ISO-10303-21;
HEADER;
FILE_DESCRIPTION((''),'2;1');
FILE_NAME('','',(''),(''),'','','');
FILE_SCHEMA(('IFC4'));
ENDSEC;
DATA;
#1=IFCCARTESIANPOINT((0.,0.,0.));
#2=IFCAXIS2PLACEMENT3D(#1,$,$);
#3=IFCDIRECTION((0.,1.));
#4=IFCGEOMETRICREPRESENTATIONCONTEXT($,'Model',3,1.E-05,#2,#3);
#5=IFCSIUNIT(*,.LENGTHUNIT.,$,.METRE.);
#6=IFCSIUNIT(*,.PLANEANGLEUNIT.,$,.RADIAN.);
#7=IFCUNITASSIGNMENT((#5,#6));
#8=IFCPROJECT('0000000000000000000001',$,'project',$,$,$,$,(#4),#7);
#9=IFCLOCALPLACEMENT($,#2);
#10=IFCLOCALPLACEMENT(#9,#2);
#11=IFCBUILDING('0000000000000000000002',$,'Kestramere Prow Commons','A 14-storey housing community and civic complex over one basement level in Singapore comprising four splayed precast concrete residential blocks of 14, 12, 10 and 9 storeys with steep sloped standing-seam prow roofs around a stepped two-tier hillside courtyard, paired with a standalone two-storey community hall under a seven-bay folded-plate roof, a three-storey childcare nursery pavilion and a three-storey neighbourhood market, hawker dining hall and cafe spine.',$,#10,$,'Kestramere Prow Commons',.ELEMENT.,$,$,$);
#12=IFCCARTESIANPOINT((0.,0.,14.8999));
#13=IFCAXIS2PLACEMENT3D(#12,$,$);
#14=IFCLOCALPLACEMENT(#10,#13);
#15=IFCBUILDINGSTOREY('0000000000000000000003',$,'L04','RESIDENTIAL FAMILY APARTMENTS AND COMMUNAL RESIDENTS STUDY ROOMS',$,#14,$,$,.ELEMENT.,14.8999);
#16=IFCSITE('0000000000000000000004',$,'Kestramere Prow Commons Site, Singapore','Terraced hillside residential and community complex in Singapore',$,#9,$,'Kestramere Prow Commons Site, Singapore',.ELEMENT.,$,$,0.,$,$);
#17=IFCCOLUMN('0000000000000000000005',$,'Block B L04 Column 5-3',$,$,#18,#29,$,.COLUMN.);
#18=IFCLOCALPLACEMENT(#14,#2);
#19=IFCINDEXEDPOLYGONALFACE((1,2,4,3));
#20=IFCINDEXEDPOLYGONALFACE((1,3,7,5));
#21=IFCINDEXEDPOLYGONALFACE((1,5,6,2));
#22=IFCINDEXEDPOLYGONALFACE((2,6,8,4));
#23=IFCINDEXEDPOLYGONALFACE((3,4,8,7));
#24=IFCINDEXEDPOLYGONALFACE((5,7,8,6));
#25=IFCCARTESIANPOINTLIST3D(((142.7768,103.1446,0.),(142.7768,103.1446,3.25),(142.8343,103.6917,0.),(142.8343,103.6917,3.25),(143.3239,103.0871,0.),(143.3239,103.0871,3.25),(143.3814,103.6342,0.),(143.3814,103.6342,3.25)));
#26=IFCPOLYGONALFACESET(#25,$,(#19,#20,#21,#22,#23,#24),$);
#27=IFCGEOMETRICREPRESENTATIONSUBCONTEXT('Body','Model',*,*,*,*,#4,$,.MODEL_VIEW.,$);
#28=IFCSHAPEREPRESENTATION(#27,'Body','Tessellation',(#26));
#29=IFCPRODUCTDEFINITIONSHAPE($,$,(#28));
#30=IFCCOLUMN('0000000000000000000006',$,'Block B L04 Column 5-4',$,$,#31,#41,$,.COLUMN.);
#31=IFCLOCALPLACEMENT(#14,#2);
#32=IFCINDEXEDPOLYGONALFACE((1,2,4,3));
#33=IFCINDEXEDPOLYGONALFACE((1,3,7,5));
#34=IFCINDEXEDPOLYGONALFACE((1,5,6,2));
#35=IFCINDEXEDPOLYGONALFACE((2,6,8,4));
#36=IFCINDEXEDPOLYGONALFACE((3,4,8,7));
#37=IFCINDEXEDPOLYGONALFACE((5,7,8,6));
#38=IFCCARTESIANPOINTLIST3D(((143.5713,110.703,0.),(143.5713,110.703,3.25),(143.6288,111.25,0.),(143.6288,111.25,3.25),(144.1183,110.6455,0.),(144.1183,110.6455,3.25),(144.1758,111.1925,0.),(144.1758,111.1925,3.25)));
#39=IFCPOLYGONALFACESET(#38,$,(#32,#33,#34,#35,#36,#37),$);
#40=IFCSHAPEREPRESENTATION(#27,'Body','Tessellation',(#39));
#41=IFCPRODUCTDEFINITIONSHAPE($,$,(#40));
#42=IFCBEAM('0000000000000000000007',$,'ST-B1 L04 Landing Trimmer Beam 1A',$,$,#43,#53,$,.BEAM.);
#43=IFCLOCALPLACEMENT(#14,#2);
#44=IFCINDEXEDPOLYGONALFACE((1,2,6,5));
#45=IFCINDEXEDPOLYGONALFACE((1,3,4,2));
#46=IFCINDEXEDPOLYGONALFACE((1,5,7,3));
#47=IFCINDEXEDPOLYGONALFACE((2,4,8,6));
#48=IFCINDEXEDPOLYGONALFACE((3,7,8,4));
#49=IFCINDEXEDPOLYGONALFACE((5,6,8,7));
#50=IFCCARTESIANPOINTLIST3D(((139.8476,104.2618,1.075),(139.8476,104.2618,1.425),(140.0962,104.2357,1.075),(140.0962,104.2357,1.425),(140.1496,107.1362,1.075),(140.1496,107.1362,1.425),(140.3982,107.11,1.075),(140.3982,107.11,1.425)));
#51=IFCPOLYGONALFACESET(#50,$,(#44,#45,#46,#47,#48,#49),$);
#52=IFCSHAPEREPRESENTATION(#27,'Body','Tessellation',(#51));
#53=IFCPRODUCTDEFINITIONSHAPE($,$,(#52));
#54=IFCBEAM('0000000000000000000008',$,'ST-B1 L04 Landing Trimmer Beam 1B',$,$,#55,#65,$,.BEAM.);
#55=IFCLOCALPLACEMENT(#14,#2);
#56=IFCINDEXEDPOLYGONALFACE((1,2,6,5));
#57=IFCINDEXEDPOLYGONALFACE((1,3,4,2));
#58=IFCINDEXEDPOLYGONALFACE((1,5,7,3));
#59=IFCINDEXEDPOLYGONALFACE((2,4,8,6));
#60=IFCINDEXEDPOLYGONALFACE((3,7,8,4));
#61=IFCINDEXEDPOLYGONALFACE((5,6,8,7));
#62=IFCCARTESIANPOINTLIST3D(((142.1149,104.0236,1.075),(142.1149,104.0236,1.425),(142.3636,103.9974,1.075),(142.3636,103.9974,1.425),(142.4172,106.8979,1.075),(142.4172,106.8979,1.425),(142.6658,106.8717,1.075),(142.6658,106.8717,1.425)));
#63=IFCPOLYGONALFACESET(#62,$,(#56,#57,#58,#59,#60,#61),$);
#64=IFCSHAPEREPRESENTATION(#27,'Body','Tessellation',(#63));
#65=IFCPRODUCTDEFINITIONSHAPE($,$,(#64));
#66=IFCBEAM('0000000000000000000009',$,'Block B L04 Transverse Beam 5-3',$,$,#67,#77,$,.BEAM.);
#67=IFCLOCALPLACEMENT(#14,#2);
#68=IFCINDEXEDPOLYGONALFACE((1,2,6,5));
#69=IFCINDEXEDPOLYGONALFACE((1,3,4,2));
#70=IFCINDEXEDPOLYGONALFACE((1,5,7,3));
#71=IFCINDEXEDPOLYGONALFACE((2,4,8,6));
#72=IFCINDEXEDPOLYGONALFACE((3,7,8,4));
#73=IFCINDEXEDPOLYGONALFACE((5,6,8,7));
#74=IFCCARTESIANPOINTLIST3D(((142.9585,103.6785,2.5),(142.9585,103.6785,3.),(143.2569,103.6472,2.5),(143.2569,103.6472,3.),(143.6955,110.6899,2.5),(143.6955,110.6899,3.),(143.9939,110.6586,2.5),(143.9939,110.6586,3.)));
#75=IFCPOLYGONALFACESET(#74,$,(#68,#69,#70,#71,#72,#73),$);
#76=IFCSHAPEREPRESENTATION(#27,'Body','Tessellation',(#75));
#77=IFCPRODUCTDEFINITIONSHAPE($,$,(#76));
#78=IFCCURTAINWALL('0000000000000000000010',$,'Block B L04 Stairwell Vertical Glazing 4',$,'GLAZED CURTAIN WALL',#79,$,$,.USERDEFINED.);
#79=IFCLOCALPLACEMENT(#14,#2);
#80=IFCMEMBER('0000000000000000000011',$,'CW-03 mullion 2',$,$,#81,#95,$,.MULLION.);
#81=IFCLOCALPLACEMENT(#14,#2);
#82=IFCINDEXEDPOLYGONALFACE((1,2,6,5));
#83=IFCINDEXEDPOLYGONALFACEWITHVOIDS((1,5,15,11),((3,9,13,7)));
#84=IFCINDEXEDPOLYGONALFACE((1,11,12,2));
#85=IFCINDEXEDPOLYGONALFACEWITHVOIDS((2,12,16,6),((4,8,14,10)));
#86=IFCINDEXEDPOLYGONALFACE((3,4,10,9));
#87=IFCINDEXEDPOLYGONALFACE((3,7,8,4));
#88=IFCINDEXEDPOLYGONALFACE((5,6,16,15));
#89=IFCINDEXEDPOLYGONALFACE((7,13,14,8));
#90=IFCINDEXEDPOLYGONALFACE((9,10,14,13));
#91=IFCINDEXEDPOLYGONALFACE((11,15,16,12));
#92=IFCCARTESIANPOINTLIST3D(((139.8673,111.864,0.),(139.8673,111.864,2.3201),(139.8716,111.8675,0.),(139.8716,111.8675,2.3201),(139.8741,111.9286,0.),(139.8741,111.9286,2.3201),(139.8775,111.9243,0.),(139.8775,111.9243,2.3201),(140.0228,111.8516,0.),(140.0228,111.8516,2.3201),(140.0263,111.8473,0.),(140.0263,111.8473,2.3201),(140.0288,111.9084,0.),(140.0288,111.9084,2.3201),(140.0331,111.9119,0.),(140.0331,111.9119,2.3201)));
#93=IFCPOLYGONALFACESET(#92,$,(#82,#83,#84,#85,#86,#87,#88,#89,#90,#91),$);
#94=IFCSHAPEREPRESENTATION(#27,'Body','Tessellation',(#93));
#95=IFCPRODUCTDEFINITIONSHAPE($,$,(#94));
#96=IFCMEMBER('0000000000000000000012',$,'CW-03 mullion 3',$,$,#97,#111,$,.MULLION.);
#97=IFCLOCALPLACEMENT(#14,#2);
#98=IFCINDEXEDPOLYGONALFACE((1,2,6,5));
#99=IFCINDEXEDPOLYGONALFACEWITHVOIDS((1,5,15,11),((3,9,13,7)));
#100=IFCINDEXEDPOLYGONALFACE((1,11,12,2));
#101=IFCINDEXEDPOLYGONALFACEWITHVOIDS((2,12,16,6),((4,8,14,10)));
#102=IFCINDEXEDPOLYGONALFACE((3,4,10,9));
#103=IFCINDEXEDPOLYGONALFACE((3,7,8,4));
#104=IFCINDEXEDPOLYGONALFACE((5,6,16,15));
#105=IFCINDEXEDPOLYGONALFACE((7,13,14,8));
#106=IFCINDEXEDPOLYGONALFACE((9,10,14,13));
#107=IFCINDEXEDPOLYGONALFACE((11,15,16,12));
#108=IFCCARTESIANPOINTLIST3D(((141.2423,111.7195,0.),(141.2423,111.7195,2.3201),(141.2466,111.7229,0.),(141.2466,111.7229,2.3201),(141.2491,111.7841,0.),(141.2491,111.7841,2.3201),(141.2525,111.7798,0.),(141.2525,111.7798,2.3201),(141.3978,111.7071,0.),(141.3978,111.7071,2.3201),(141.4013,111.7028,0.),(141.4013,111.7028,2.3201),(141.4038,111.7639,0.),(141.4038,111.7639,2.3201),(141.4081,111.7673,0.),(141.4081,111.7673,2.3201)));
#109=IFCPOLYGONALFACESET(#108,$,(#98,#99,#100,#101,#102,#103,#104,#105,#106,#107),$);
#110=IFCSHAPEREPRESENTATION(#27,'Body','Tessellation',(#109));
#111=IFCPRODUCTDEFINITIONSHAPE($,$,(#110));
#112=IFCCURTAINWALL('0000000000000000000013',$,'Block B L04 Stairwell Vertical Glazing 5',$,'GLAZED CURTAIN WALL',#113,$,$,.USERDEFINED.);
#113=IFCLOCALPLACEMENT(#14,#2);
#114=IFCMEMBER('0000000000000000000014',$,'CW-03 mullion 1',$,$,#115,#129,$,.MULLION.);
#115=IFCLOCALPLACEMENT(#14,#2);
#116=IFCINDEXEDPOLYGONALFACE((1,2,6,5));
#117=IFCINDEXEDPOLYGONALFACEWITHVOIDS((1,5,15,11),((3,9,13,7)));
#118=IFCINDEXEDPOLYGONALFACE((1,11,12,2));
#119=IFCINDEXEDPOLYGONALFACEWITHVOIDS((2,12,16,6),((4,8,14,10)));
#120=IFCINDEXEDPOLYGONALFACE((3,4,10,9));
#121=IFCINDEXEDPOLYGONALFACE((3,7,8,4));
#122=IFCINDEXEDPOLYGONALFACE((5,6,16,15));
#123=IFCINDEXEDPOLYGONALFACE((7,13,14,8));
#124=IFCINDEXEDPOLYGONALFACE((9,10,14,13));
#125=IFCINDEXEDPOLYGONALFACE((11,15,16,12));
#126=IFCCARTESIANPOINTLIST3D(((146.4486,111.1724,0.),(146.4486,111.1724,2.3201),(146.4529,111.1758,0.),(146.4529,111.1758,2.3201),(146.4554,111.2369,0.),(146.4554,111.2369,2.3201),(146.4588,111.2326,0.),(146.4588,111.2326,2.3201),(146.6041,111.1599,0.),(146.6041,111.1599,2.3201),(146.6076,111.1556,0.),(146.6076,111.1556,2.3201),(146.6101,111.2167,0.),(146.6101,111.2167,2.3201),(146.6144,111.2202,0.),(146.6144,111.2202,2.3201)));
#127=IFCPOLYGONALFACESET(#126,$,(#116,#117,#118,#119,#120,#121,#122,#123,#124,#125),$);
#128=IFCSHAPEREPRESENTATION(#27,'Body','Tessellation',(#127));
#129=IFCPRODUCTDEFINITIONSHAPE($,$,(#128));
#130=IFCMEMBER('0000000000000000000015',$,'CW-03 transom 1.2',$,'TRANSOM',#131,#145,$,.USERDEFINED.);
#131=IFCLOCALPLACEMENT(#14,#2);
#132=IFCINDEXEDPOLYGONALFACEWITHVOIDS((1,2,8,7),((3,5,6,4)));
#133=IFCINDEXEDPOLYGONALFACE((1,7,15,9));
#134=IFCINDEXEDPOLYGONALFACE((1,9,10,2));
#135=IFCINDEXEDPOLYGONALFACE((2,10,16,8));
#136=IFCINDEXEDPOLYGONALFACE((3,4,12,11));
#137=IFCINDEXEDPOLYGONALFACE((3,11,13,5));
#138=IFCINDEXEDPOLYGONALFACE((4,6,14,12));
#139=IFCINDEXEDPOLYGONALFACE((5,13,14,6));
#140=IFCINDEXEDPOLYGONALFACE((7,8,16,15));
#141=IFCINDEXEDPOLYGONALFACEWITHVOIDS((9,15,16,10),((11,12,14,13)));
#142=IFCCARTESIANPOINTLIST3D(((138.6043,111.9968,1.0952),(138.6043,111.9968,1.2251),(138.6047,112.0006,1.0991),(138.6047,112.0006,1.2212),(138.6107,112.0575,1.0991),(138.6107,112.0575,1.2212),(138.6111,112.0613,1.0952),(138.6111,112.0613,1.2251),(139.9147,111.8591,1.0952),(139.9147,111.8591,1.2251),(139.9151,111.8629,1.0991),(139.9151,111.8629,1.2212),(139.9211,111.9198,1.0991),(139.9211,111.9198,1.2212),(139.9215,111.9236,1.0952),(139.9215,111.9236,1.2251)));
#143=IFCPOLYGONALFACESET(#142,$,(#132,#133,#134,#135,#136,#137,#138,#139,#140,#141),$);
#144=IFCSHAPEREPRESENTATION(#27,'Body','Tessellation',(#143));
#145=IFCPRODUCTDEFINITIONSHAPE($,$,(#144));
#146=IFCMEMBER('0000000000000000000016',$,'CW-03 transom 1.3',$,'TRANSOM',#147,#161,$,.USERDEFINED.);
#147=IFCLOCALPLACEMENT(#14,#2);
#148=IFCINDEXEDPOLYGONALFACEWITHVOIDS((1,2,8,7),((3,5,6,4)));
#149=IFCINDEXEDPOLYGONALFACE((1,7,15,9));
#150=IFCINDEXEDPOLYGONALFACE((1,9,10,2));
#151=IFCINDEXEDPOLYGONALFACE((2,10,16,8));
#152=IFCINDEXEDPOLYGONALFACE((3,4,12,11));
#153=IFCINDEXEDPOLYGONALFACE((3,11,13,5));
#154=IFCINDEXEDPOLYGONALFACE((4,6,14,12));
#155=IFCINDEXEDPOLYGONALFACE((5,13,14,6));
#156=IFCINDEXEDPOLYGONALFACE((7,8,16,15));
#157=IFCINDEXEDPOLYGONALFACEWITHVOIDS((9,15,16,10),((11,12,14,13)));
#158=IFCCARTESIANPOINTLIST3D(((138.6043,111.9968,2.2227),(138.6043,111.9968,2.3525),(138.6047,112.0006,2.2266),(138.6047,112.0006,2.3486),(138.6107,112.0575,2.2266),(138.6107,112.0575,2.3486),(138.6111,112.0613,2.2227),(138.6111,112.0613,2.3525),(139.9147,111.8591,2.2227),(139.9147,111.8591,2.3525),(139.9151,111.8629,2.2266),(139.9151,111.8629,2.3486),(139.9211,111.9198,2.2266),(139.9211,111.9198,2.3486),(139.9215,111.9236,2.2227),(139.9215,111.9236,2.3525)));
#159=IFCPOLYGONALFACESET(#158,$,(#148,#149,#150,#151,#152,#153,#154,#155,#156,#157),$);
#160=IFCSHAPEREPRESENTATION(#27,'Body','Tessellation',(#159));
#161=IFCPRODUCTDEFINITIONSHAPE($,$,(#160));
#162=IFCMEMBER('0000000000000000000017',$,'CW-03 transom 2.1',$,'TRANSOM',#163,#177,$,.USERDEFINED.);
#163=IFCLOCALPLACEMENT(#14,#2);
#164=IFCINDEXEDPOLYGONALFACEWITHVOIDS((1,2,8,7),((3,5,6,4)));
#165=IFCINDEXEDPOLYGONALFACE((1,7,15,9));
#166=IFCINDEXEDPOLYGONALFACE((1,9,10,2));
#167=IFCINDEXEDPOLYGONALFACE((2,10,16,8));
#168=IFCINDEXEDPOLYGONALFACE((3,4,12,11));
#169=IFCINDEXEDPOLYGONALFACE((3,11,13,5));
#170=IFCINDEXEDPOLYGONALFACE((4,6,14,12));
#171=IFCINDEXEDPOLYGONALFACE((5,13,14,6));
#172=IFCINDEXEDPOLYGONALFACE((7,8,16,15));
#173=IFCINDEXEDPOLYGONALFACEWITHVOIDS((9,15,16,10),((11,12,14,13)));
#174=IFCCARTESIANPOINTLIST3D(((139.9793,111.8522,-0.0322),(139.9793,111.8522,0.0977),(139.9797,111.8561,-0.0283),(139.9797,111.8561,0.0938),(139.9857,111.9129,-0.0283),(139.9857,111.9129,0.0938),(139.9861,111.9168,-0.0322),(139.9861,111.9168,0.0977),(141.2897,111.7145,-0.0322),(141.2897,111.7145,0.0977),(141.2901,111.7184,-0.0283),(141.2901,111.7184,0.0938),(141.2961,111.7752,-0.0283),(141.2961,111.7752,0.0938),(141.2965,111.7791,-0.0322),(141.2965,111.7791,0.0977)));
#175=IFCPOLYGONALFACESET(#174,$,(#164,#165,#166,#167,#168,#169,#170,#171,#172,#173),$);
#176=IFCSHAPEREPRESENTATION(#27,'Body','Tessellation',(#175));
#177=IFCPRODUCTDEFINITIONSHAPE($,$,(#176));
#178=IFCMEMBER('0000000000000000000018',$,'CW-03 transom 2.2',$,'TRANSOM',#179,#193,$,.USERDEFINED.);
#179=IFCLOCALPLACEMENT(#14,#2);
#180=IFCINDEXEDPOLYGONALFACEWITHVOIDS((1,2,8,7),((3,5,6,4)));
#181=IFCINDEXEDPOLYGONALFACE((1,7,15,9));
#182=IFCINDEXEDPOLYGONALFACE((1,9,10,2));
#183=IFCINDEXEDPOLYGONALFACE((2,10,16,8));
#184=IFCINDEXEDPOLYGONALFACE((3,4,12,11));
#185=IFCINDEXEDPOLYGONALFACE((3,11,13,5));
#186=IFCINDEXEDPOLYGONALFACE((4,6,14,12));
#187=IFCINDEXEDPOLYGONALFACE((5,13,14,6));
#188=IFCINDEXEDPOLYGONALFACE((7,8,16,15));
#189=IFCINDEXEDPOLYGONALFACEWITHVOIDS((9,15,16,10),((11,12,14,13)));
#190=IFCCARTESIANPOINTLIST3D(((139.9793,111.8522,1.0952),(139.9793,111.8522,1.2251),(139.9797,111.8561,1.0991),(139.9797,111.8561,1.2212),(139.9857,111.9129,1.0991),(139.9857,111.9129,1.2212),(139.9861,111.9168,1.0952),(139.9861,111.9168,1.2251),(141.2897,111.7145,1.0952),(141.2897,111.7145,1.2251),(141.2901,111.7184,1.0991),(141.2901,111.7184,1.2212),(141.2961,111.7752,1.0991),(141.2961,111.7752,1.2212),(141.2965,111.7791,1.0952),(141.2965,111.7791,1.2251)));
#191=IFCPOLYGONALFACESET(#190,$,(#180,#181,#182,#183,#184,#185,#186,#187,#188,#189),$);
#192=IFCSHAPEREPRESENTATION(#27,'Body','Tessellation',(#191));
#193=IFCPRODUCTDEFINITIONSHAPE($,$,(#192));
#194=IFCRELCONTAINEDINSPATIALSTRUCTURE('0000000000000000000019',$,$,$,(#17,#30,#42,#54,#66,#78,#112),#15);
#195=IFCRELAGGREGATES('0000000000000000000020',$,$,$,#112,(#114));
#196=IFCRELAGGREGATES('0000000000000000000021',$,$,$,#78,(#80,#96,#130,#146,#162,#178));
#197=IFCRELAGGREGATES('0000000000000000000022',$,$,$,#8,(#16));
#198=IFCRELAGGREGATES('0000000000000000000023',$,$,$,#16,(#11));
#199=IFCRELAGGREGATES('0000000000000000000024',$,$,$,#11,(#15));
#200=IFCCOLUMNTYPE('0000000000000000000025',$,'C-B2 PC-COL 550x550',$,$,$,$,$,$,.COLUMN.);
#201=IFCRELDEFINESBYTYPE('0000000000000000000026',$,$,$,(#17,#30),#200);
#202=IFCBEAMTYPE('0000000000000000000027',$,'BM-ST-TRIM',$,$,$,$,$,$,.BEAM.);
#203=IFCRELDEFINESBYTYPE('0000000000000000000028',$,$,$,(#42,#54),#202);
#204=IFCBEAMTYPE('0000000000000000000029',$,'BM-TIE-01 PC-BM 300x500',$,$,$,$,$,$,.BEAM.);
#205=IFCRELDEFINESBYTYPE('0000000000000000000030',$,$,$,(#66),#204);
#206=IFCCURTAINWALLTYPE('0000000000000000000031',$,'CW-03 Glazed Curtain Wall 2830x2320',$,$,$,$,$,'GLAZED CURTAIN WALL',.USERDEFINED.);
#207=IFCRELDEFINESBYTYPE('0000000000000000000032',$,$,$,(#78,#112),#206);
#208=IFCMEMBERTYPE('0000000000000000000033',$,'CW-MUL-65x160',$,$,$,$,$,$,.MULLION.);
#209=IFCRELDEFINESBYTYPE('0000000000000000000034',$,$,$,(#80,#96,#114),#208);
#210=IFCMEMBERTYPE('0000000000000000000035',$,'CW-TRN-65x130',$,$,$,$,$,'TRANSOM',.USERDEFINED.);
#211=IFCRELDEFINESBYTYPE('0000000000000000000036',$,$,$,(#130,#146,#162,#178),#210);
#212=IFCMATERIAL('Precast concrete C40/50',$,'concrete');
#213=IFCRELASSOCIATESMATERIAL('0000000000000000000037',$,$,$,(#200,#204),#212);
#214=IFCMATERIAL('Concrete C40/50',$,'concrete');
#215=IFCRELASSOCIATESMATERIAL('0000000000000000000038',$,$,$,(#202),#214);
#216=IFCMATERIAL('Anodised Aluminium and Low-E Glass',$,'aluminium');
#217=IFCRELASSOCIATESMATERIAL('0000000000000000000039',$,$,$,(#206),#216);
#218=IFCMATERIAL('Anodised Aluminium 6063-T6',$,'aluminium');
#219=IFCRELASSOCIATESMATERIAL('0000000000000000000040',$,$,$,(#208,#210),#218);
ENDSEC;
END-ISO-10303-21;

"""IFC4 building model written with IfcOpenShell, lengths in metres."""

from ifc_helpers import new_model, si_unit, direction, frame, origin, origin_2d, place, context, subcontext, project, spatial, rectangle, hollow_rectangle, extrude, material, material_profile, profile_set, type_object, element, aggregate, save


model = new_model("IFC4")

# Units and contexts
model_context = context("Model", 3, precision=1e-05, world=origin(), true_north=direction((0.0, 1.0)))
body_context = subcontext(model_context, "Body", "Model", "MODEL_VIEW")
ifc_project = project(units=[si_unit("LENGTHUNIT", "METRE"), si_unit("PLANEANGLEUNIT", "RADIAN")], contexts=[model_context])

# Site, building, storey
site_placement = place(None, origin())
site = spatial("IfcSite", under=ifc_project, at=site_placement, Name="Kestramere Prow Commons Site, Singapore", Description="Terraced hillside residential and community complex in Singapore", LongName="Kestramere Prow Commons Site, Singapore", CompositionType="ELEMENT", RefElevation=0.0)
building_placement = place(site_placement, origin())
building = spatial("IfcBuilding", under=site, at=building_placement, Name="Kestramere Prow Commons", Description="A 14-storey housing community and civic complex over one basement level in Singapore comprising four splayed precast concrete residential blocks of 14, 12, 10 and 9 storeys with steep sloped standing-seam prow roofs around a stepped two-tier hillside courtyard, paired with a standalone two-storey community hall under a seven-bay folded-plate roof, a three-storey childcare nursery pavilion and a three-storey neighbourhood market, hawker dining hall and cafe spine.", LongName="Kestramere Prow Commons", CompositionType="ELEMENT")
storey_placement = place(building_placement, frame((0.0, 0.0, 14.8999)))
storey = spatial("IfcBuildingStorey", under=building, at=storey_placement, Name="L04", Description="RESIDENTIAL FAMILY APARTMENTS AND COMMUNAL RESIDENTS STUDY ROOMS", CompositionType="ELEMENT", Elevation=14.8999)

# Columns
ifc_material_1 = material(Name="Precast concrete C40/50", Category="concrete")
ifc_material_profile_1 = material_profile(ifc_material_1, rectangle(XDim=0.55, YDim=0.55, at=origin_2d()), Name="PC-COL 550x550")
ifc_profile_set_1 = profile_set([ifc_material_profile_1], Name="Precast concrete C40/50")
column_type = type_object("IfcColumnType", Name="C-B2 PC-COL 550x550", PredefinedType="COLUMN", material=ifc_profile_set_1)
for number, where, z_axis, x_axis, name in (
    (1, (143.0791, 103.3894, 0.0), (0.0, 0.0, 1.0), (0.994522, -0.104528, 0.0), "Block B L04 Column 5-3"),
    (2, (143.8735, 110.9478, 0.0), (0.0, 0.0, 1.0), (0.994522, -0.104528, 0.0), "Block B L04 Column 5-4"),
):
    element("IfcColumn", number, at=place(storey_placement, frame(where, z_axis=z_axis, x_axis=x_axis)), inside=storey, type_object=column_type, Name=name, PredefinedType="COLUMN", context=body_context, shape_type="SweptSolid", body=[
        extrude(rectangle(XDim=0.55, YDim=0.55, at=origin_2d()), origin(), (0.0, 0.0, 1.0), 3.25),
    ])

# Beams
ifc_material_2 = material(Name="Concrete C40/50", Category="concrete")
ifc_material_profile_2 = material_profile(ifc_material_2, rectangle(XDim=0.25, YDim=0.3501, at=origin_2d()), Name="PC-BM 250x350")
ifc_profile_set_2 = profile_set([ifc_material_profile_2], Name="Concrete C40/50")
beam_type_1 = type_object("IfcBeamType", Name="BM-ST-TRIM", PredefinedType="BEAM", material=ifc_profile_set_2)
for number, where, z_axis, x_axis, name in (
    (3, (139.9719, 104.2488, 1.25), (0.104496, 0.994525, 0.0), (-0.994525, 0.104496, 0.0), "ST-B1 L04 Landing Trimmer Beam 1A"),
    (4, (142.2393, 104.0105, 1.25), (0.104579, 0.994517, 0.0), (-0.994517, 0.104579, 0.0), "ST-B1 L04 Landing Trimmer Beam 1B"),
):
    element("IfcBeam", number, at=place(storey_placement, frame(where, z_axis=z_axis, x_axis=x_axis)), inside=storey, type_object=beam_type_1, Name=name, PredefinedType="BEAM", context=body_context, shape_type="SweptSolid", body=[
        extrude(rectangle(XDim=0.25, YDim=0.3501, at=origin_2d()), origin(), (0.0, 0.0, 1.0), 2.8901),
    ])
ifc_material_profile_3 = material_profile(ifc_material_1, rectangle(XDim=0.3, YDim=0.5, at=origin_2d()), Name="PC-BM 300x500")
ifc_profile_set_3 = profile_set([ifc_material_profile_3], Name="Precast concrete C40/50")
beam_type_2 = type_object("IfcBeamType", Name="BM-TIE-01 PC-BM 300x500", PredefinedType="BEAM", material=ifc_profile_set_3)
beam_1_placement = place(storey_placement, frame((143.1077, 103.6628, 2.75), z_axis=(0.104546, 0.99452, 0.0), x_axis=(-0.99452, 0.104546, 0.0)))
element("IfcBeam", 5, at=beam_1_placement, inside=storey, type_object=beam_type_2, Name="Block B L04 Transverse Beam 5-3", PredefinedType="BEAM", context=body_context, shape_type="SweptSolid", body=[
    extrude(rectangle(XDim=0.3, YDim=0.5, at=origin_2d()), origin(), (0.0, 0.0, 1.0), 7.05),
])

# Curtain wall, members
ifc_material_3 = material(Name="Anodised Aluminium and Low-E Glass", Category="aluminium")
curtain_wall_type = type_object("IfcCurtainWallType", Name="CW-03 Glazed Curtain Wall 2830x2320", ElementType="GLAZED CURTAIN WALL", PredefinedType="USERDEFINED", material=ifc_material_3)
curtain_wall_1_placement = place(storey_placement, origin())
curtain_wall_1 = element("IfcCurtainWall", 6, at=curtain_wall_1_placement, inside=storey, type_object=curtain_wall_type, Name="Block B L04 Stairwell Vertical Glazing 4", ObjectType="GLAZED CURTAIN WALL", PredefinedType="USERDEFINED")
ifc_material_4 = material(Name="Anodised Aluminium 6063-T6", Category="aluminium")
ifc_material_profile_4 = material_profile(ifc_material_4, hollow_rectangle(XDim=0.0649, YDim=0.1599, WallThickness=0.0039, at=origin_2d()), Name="ALU-MUL 65x160")
ifc_profile_set_4 = profile_set([ifc_material_profile_4], Name="Anodised Aluminium 6063-T6")
member_type_1 = type_object("IfcMemberType", Name="CW-MUL-65x160", PredefinedType="MULLION", material=ifc_profile_set_4)
member_1_placement = place(storey_placement, frame((139.9502, 111.8879, 0.0), z_axis=(0.0, 0.0, 1.0), x_axis=(0.104529, 0.994522, 0.0)))
member_1 = element("IfcMember", 7, at=member_1_placement, type_object=member_type_1, Name="CW-03 mullion 2", PredefinedType="MULLION", context=body_context, shape_type="SweptSolid", body=[
    extrude(hollow_rectangle(XDim=0.0649, YDim=0.1599, WallThickness=0.0039, at=origin_2d()), origin(), (0.0, 0.0, 1.0), 2.3201),
])
member_2_placement = place(storey_placement, frame((141.3252, 111.7434, 0.0), z_axis=(0.0, 0.0, 1.0), x_axis=(0.104529, 0.994522, 0.0)))
member_2 = element("IfcMember", 8, at=member_2_placement, type_object=member_type_1, Name="CW-03 mullion 3", PredefinedType="MULLION", context=body_context, shape_type="SweptSolid", body=[
    extrude(hollow_rectangle(XDim=0.0649, YDim=0.1599, WallThickness=0.0039, at=origin_2d()), origin(), (0.0, 0.0, 1.0), 2.3201),
])

# Curtain wall, member
curtain_wall_2_placement = place(storey_placement, origin())
curtain_wall_2 = element("IfcCurtainWall", 9, at=curtain_wall_2_placement, inside=storey, type_object=curtain_wall_type, Name="Block B L04 Stairwell Vertical Glazing 5", ObjectType="GLAZED CURTAIN WALL", PredefinedType="USERDEFINED")
member_3_placement = place(storey_placement, frame((146.5315, 111.1963, 0.0), z_axis=(0.0, 0.0, 1.0), x_axis=(0.104528, 0.994522, 0.0)))
member_3 = element("IfcMember", 10, at=member_3_placement, type_object=member_type_1, Name="CW-03 mullion 1", PredefinedType="MULLION", context=body_context, shape_type="SweptSolid", body=[
    extrude(hollow_rectangle(XDim=0.0649, YDim=0.1599, WallThickness=0.0039, at=origin_2d()), origin(), (0.0, 0.0, 1.0), 2.3201),
])

# Members
ifc_material_profile_5 = material_profile(ifc_material_4, hollow_rectangle(XDim=0.0649, YDim=0.1299, WallThickness=0.0039, at=origin_2d()), Name="ALU-TRN 65x130")
ifc_profile_set_5 = profile_set([ifc_material_profile_5], Name="Anodised Aluminium 6063-T6")
member_type_2 = type_object("IfcMemberType", Name="CW-TRN-65x130", ElementType="TRANSOM", PredefinedType="USERDEFINED", material=ifc_profile_set_5)
member_4_placement = place(storey_placement, frame((138.6077, 112.0291, 1.1602), z_axis=(0.994524, -0.104511, 0.0), x_axis=(0.104511, 0.994524, 0.0)))
member_4 = element("IfcMember", 11, at=member_4_placement, type_object=member_type_2, Name="CW-03 transom 1.2", ObjectType="TRANSOM", PredefinedType="USERDEFINED", context=body_context, shape_type="SweptSolid", body=[
    extrude(hollow_rectangle(XDim=0.0649, YDim=0.1299, WallThickness=0.0039, at=origin_2d()), origin(), (0.0, 0.0, 1.0), 1.3176),
])
member_5_placement = place(storey_placement, frame((138.6077, 112.0291, 2.2876), z_axis=(0.994524, -0.104511, 0.0), x_axis=(0.104511, 0.994524, 0.0)))
member_5 = element("IfcMember", 12, at=member_5_placement, type_object=member_type_2, Name="CW-03 transom 1.3", ObjectType="TRANSOM", PredefinedType="USERDEFINED", context=body_context, shape_type="SweptSolid", body=[
    extrude(hollow_rectangle(XDim=0.0649, YDim=0.1299, WallThickness=0.0039, at=origin_2d()), origin(), (0.0, 0.0, 1.0), 1.3176),
])
member_6_placement = place(storey_placement, frame((139.9827, 111.8845, 0.0327), z_axis=(0.994524, -0.104511, 0.0), x_axis=(0.104511, 0.994524, 0.0)))
member_6 = element("IfcMember", 13, at=member_6_placement, type_object=member_type_2, Name="CW-03 transom 2.1", ObjectType="TRANSOM", PredefinedType="USERDEFINED", context=body_context, shape_type="SweptSolid", body=[
    extrude(hollow_rectangle(XDim=0.0649, YDim=0.1299, WallThickness=0.0039, at=origin_2d()), origin(), (0.0, 0.0, 1.0), 1.3176),
])
member_7_placement = place(storey_placement, frame((139.9827, 111.8845, 1.1602), z_axis=(0.994524, -0.104511, 0.0), x_axis=(0.104511, 0.994524, 0.0)))
member_7 = element("IfcMember", 14, at=member_7_placement, type_object=member_type_2, Name="CW-03 transom 2.2", ObjectType="TRANSOM", PredefinedType="USERDEFINED", context=body_context, shape_type="SweptSolid", body=[
    extrude(hollow_rectangle(XDim=0.0649, YDim=0.1299, WallThickness=0.0039, at=origin_2d()), origin(), (0.0, 0.0, 1.0), 1.3176),
])
aggregate(curtain_wall_2, [member_3])

aggregate(curtain_wall_1, [member_1, member_2, member_4, member_5, member_6, member_7])

save(model, "model.ifc")
